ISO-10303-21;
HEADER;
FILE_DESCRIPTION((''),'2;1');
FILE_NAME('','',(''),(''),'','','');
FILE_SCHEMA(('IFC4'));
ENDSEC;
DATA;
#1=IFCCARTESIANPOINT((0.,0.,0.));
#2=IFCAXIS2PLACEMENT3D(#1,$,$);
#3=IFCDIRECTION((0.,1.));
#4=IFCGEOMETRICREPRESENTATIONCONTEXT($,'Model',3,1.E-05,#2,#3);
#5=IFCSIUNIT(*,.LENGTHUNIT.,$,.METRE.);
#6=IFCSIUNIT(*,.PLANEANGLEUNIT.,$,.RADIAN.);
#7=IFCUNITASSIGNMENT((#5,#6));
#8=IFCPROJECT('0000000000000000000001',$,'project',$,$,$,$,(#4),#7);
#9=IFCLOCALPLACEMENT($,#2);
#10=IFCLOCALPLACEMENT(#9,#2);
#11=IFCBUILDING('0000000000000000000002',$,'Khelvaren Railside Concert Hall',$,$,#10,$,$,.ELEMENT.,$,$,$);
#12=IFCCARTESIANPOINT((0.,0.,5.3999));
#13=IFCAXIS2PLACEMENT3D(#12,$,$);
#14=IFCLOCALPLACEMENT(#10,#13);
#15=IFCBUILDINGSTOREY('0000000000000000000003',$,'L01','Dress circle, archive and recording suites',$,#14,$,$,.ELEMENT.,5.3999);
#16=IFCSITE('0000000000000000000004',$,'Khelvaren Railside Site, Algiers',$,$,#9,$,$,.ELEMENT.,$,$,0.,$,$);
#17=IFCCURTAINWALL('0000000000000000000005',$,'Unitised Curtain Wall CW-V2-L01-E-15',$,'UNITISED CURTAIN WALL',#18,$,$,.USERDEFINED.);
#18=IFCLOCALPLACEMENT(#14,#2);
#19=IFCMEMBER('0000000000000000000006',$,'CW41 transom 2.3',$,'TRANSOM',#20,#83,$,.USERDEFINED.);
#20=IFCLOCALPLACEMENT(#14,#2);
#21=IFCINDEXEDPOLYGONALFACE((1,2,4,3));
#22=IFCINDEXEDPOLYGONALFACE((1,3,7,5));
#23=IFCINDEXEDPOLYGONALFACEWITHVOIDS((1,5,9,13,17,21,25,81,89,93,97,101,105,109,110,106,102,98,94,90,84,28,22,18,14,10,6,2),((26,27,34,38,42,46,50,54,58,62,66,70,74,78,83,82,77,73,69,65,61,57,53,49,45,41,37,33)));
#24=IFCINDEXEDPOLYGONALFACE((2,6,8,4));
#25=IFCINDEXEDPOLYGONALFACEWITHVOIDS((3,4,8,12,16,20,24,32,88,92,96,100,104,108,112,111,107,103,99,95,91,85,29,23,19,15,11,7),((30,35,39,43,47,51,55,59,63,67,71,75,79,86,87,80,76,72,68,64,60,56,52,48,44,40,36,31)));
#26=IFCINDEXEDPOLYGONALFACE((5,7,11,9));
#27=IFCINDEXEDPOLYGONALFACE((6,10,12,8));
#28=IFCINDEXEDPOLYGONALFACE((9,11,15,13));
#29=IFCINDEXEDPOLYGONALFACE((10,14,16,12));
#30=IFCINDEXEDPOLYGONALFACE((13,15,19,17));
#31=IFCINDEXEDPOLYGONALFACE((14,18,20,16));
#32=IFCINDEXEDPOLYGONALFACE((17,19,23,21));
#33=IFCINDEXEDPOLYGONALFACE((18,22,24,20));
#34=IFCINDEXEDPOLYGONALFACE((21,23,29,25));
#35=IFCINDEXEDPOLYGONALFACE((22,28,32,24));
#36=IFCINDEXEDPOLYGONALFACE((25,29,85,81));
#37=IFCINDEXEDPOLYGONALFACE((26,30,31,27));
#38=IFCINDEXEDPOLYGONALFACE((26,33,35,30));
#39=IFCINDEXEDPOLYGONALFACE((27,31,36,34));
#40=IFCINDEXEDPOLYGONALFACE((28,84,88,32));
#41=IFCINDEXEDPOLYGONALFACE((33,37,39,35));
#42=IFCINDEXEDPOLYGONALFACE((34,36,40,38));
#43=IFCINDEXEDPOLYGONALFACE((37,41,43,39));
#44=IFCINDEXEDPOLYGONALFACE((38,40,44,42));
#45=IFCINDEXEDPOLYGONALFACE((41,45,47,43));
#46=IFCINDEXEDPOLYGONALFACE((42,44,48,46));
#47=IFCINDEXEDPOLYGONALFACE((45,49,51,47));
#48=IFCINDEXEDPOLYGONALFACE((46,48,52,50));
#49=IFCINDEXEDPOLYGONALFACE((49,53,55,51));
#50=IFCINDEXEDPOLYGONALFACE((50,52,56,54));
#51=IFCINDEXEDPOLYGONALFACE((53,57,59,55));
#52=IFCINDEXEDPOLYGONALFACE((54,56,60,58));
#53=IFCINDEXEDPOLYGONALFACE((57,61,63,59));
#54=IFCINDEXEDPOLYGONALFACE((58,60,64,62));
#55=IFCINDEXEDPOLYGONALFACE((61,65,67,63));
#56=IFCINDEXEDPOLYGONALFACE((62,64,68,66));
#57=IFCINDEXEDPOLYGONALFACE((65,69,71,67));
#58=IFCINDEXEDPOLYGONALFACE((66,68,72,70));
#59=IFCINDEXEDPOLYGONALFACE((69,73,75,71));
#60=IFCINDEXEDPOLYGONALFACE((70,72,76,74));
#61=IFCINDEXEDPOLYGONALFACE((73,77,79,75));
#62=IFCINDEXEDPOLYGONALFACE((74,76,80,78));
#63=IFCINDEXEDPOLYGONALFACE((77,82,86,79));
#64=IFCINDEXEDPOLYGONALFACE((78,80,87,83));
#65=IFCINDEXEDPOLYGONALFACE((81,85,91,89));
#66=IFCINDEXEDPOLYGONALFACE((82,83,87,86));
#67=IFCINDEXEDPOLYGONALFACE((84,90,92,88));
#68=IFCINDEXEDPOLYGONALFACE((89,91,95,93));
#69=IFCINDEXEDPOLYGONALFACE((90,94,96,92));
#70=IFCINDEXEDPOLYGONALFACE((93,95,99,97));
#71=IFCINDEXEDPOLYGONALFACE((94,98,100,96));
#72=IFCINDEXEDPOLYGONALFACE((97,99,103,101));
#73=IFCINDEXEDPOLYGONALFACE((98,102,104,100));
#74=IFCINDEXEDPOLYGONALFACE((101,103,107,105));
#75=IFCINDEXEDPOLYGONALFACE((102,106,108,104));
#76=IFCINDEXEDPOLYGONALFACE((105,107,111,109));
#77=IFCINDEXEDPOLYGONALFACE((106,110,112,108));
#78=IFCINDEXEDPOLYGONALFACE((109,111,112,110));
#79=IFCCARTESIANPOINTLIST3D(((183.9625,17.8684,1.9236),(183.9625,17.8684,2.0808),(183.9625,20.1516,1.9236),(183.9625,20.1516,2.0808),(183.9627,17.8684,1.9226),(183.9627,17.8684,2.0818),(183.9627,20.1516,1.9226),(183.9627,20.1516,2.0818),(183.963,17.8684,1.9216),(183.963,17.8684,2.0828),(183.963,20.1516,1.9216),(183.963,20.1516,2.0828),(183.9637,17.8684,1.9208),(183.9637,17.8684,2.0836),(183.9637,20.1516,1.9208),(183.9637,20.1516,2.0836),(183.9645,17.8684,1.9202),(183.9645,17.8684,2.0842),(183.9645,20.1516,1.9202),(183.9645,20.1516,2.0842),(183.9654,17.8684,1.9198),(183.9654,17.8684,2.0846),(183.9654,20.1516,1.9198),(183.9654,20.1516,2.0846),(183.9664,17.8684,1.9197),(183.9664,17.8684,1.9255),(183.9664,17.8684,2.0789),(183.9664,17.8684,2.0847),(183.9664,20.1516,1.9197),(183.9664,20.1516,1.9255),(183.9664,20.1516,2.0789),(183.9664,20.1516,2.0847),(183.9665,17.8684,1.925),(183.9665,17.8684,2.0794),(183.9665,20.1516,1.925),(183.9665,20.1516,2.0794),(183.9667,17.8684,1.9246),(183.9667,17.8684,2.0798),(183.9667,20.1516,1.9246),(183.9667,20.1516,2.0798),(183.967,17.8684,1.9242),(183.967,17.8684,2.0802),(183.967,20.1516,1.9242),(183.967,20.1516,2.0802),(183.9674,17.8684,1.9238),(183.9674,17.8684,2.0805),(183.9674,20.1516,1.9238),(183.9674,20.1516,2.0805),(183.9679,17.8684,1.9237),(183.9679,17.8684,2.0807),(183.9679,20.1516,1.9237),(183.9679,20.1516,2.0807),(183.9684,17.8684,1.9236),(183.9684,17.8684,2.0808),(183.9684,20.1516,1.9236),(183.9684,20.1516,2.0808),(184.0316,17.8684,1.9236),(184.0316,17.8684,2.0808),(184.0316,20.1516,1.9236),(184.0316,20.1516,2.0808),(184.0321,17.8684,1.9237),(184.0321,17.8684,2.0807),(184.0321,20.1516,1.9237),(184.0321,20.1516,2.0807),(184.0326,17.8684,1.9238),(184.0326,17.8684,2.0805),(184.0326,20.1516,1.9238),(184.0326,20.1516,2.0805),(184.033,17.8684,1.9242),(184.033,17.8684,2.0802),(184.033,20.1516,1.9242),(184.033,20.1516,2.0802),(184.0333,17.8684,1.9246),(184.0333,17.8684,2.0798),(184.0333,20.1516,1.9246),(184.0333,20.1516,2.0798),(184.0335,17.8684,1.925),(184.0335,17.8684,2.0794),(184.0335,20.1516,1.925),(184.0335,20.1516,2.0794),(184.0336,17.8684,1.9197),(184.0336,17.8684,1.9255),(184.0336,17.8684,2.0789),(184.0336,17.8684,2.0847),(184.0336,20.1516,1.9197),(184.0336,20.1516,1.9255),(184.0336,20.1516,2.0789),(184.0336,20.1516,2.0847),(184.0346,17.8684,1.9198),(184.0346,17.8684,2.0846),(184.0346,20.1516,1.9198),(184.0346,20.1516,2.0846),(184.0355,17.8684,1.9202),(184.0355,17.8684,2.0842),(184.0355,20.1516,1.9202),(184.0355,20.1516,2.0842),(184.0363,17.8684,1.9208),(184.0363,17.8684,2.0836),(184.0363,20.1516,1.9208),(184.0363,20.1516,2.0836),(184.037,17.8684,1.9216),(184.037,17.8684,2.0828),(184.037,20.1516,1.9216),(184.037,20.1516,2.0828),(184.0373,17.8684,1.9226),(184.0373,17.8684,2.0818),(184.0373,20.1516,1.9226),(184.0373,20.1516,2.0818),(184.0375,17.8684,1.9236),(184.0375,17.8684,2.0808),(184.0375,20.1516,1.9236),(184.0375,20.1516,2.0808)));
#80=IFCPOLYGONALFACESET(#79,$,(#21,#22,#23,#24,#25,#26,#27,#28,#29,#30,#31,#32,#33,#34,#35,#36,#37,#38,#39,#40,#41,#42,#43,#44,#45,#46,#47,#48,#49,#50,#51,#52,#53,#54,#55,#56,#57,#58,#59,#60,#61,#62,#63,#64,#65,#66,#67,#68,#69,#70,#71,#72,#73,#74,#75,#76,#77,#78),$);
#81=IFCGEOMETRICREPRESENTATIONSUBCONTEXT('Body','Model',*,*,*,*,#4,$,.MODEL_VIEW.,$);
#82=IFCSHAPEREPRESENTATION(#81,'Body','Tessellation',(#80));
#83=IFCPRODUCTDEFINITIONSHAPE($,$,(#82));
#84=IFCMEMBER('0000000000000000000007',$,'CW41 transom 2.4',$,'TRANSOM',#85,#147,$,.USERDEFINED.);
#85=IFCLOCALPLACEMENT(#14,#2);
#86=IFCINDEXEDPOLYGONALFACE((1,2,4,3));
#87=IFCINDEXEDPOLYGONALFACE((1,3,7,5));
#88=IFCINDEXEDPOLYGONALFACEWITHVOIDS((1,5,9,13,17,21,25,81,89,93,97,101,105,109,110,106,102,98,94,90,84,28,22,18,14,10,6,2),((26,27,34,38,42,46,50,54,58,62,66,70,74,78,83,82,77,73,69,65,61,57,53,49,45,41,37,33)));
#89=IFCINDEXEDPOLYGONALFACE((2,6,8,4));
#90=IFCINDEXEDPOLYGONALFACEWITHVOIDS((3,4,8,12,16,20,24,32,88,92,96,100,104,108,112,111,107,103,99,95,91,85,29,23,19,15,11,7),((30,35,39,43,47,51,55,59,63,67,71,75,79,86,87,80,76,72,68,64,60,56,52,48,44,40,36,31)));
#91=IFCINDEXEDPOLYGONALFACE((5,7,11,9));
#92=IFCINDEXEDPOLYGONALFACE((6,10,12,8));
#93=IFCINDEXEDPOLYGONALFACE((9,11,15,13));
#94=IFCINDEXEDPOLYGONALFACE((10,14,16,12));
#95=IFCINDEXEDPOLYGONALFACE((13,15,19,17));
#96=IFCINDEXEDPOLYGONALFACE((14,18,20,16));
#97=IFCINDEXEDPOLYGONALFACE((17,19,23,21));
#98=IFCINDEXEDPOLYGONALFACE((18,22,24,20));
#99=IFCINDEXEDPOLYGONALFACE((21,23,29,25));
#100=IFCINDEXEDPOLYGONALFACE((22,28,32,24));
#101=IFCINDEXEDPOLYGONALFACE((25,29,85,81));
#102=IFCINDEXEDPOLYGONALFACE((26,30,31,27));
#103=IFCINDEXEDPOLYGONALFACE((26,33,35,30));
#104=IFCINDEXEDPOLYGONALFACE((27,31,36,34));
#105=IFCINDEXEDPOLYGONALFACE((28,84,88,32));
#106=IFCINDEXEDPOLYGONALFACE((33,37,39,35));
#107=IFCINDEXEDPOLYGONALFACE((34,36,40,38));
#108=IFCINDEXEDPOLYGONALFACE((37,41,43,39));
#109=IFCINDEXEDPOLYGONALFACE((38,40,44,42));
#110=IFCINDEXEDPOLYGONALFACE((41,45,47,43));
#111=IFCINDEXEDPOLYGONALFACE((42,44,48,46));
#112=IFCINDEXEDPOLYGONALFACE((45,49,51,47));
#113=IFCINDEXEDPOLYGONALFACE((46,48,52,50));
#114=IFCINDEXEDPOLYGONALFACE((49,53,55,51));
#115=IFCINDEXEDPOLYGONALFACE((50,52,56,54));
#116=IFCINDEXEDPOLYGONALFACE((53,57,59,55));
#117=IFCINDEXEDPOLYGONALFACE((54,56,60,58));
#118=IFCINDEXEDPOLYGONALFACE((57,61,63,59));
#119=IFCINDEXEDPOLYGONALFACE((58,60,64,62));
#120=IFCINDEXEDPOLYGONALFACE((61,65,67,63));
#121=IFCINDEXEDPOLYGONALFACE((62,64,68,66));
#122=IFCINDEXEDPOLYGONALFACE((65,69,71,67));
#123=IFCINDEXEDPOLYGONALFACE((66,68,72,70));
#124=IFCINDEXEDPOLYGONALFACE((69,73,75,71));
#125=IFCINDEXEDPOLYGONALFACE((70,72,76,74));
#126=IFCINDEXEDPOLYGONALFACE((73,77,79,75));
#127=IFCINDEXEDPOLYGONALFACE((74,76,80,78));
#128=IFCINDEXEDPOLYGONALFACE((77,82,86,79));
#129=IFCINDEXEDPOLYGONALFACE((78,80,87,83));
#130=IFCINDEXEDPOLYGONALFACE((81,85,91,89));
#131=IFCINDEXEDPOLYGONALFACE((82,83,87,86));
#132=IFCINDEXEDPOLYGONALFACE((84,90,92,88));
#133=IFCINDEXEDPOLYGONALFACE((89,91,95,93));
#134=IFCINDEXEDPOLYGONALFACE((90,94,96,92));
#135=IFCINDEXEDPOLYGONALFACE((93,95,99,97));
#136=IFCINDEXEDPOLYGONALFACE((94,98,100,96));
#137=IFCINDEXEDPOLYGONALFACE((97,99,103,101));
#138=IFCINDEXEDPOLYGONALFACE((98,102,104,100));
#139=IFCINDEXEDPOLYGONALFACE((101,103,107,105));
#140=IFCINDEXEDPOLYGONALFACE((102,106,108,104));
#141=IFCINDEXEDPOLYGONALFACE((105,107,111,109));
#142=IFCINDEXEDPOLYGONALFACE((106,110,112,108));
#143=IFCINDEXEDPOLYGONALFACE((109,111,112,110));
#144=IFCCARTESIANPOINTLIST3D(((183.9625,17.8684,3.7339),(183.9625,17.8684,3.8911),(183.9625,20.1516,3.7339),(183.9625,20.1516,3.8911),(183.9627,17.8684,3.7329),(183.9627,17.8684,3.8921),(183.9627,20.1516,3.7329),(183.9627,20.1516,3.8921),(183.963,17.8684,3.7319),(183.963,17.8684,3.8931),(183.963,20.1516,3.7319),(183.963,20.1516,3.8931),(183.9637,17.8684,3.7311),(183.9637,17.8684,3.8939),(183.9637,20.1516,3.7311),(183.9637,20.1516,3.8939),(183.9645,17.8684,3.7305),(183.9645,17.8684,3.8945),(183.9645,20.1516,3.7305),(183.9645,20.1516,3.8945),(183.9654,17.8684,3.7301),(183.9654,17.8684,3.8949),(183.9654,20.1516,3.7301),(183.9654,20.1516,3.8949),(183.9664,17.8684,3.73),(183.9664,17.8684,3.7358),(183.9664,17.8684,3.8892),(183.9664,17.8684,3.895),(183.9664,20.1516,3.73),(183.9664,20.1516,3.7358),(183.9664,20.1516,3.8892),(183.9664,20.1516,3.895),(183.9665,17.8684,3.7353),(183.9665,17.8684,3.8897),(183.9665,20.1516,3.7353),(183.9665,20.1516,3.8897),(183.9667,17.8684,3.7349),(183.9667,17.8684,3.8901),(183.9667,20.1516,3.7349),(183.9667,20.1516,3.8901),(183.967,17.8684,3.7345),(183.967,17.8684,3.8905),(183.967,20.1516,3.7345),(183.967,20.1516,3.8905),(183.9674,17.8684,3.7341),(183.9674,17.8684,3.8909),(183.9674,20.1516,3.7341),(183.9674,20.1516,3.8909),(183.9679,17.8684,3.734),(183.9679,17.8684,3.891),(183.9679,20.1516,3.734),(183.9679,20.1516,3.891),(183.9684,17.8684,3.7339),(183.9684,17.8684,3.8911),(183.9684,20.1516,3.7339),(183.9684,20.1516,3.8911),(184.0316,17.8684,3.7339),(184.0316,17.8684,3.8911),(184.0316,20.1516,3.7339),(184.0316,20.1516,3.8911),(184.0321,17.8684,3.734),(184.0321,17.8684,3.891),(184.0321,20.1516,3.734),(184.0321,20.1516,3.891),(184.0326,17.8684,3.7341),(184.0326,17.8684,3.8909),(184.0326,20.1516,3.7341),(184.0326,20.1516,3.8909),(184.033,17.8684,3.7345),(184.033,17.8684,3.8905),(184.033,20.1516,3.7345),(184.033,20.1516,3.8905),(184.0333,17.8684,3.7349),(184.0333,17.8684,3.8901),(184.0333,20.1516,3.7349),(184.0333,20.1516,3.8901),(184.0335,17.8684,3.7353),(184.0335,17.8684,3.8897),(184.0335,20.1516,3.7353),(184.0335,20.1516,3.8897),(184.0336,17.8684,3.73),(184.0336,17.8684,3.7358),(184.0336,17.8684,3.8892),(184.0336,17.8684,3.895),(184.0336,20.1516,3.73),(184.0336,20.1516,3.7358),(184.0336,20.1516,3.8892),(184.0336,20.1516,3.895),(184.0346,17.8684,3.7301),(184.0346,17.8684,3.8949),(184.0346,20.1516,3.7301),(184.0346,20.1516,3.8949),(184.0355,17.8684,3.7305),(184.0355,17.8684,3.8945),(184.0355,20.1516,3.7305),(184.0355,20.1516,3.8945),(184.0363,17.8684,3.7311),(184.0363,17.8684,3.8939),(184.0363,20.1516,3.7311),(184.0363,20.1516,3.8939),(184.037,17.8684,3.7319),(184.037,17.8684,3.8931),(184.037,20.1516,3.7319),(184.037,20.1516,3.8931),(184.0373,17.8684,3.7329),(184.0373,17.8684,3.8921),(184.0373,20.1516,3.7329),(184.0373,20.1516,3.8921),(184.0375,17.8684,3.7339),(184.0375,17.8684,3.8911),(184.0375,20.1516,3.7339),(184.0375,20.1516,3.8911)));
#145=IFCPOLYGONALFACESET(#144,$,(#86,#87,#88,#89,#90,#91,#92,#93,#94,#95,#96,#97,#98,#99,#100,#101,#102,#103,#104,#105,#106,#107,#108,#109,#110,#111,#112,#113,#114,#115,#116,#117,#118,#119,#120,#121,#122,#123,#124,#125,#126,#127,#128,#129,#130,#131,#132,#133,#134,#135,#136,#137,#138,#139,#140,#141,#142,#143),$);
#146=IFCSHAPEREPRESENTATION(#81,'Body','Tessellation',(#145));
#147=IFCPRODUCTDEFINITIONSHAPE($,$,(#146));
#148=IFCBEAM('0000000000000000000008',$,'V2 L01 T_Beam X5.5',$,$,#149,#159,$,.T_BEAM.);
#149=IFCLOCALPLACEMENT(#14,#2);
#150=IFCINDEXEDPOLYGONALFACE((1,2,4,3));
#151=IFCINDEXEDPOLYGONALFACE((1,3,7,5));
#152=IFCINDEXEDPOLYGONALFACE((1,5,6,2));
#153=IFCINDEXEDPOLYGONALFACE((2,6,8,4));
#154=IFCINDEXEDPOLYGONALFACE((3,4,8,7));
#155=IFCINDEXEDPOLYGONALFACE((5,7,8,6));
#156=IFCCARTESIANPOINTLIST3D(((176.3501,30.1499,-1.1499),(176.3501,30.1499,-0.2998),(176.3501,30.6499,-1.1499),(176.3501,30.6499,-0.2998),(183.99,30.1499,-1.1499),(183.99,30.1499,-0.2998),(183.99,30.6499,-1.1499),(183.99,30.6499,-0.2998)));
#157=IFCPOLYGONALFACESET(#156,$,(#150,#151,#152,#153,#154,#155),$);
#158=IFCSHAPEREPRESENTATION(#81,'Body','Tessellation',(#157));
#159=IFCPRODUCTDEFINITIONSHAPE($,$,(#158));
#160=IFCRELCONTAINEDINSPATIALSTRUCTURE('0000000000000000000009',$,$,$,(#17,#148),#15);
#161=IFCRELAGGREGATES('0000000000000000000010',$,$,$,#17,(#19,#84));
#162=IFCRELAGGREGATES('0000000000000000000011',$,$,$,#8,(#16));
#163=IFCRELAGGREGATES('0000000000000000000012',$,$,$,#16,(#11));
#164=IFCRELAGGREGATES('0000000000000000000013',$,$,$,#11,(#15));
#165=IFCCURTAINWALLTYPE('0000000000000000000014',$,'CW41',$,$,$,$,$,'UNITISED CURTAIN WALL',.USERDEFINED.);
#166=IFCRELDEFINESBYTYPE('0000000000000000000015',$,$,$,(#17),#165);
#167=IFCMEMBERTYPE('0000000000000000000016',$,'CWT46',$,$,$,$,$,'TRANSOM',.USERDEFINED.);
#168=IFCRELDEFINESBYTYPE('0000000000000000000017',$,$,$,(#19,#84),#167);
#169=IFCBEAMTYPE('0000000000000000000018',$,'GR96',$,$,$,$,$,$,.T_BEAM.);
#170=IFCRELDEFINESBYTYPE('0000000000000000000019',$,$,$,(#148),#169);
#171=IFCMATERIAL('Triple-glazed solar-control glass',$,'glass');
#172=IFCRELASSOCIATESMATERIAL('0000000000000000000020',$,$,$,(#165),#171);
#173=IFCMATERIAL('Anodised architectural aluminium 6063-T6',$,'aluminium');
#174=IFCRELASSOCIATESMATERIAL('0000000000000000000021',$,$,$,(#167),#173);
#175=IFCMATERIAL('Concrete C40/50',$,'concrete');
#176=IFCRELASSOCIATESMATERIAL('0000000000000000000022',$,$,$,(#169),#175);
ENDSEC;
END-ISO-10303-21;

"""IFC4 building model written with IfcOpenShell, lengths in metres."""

from ifc_helpers import new_model, si_unit, direction, frame, origin, origin_2d, place, context, subcontext, project, spatial, rectangle, hollow_rectangle, extrude, material, material_profile, profile_set, type_object, element, aggregate, save


model = new_model("IFC4")

# Units and contexts
model_context = context("Model", 3, precision=1e-05, world=origin(), true_north=direction((0.0, 1.0)))
body_context = subcontext(model_context, "Body", "Model", "MODEL_VIEW")
ifc_project = project(units=[si_unit("LENGTHUNIT", "METRE"), si_unit("PLANEANGLEUNIT", "RADIAN")], contexts=[model_context])

# Site, building, storey
site_placement = place(None, origin())
site = spatial("IfcSite", under=ifc_project, at=site_placement, Name="Khelvaren Railside Site, Algiers", CompositionType="ELEMENT", RefElevation=0.0)
building_placement = place(site_placement, origin())
building = spatial("IfcBuilding", under=site, at=building_placement, Name="Khelvaren Railside Concert Hall", CompositionType="ELEMENT")
storey_placement = place(building_placement, frame((0.0, 0.0, 5.3999)))
storey = spatial("IfcBuildingStorey", under=building, at=storey_placement, Name="L01", Description="Dress circle, archive and recording suites", CompositionType="ELEMENT", Elevation=5.3999)

# Curtain wall, members
ifc_material_1 = material(Name="Triple-glazed solar-control glass", Category="glass")
curtain_wall_type = type_object("IfcCurtainWallType", Name="CW41", ElementType="UNITISED CURTAIN WALL", PredefinedType="USERDEFINED", material=ifc_material_1)
curtain_wall_placement = place(storey_placement, origin())
curtain_wall = element("IfcCurtainWall", 1, at=curtain_wall_placement, inside=storey, type_object=curtain_wall_type, Name="Unitised Curtain Wall CW-V2-L01-E-15", ObjectType="UNITISED CURTAIN WALL", PredefinedType="USERDEFINED")
ifc_material_2 = material(Name="Anodised architectural aluminium 6063-T6", Category="aluminium")
ifc_material_profile_1 = material_profile(ifc_material_2, hollow_rectangle(XDim=0.075, YDim=0.165, WallThickness=0.0039, InnerFilletRadius=0.002, OuterFilletRadius=0.0039, at=origin_2d()), Name="CWT 75x165x4")
ifc_profile_set_1 = profile_set([ifc_material_profile_1], Name="Anodised architectural aluminium 6063-T6")
member_type_1 = type_object("IfcMemberType", Name="CWT46", ElementType="TRANSOM", PredefinedType="USERDEFINED", material=ifc_profile_set_1)
member_1_placement = place(storey_placement, frame((184.0, 20.1516, 2.0022), z_axis=(0.0, -1.0, 0.0), x_axis=(1.0, 0.0, 0.0)))
member_1 = element("IfcMember", 2, at=member_1_placement, type_object=member_type_1, Name="CW41 transom 2.3", ObjectType="TRANSOM", PredefinedType="USERDEFINED", context=body_context, shape_type="SweptSolid", body=[
    extrude(hollow_rectangle(XDim=0.075, YDim=0.165, WallThickness=0.0039, InnerFilletRadius=0.002, OuterFilletRadius=0.0039, at=origin_2d()), origin(), (0.0, 0.0, 1.0), 2.2832),
])
member_2_placement = place(storey_placement, frame((184.0, 20.1516, 3.8125), z_axis=(0.0, -1.0, 0.0), x_axis=(1.0, 0.0, 0.0)))
member_2 = element("IfcMember", 3, at=member_2_placement, type_object=member_type_1, Name="CW41 transom 2.4", ObjectType="TRANSOM", PredefinedType="USERDEFINED", context=body_context, shape_type="SweptSolid", body=[
    extrude(hollow_rectangle(XDim=0.075, YDim=0.165, WallThickness=0.0039, InnerFilletRadius=0.002, OuterFilletRadius=0.0039, at=origin_2d()), origin(), (0.0, 0.0, 1.0), 2.2832),
])

# Beam
ifc_material_3 = material(Name="Concrete C40/50", Category="concrete")
ifc_material_profile_2 = material_profile(ifc_material_3, rectangle(XDim=0.5, YDim=0.8501, at=origin_2d()), Name="RCB 500x850")
ifc_profile_set_2 = profile_set([ifc_material_profile_2], Name="Concrete C40/50")
beam_type_1 = type_object("IfcBeamType", Name="GR96", PredefinedType="T_BEAM", material=ifc_profile_set_2)
beam_1_placement = place(storey_placement, frame((176.3501, 30.3999, -0.7249), z_axis=(1.0, 0.0, 0.0), x_axis=(0.0, 1.0, 0.0)))
element("IfcBeam", 4, at=beam_1_placement, inside=storey, type_object=beam_type_1, Name="V2 L01 T_Beam X5.5", PredefinedType="T_BEAM", context=body_context, shape_type="SweptSolid", body=[
    extrude(rectangle(XDim=0.5, YDim=0.8501, at=origin_2d()), origin(), (0.0, 0.0, 1.0), 7.6399),
])

aggregate(curtain_wall, [member_1, member_2])

save(model, "model.ifc")
